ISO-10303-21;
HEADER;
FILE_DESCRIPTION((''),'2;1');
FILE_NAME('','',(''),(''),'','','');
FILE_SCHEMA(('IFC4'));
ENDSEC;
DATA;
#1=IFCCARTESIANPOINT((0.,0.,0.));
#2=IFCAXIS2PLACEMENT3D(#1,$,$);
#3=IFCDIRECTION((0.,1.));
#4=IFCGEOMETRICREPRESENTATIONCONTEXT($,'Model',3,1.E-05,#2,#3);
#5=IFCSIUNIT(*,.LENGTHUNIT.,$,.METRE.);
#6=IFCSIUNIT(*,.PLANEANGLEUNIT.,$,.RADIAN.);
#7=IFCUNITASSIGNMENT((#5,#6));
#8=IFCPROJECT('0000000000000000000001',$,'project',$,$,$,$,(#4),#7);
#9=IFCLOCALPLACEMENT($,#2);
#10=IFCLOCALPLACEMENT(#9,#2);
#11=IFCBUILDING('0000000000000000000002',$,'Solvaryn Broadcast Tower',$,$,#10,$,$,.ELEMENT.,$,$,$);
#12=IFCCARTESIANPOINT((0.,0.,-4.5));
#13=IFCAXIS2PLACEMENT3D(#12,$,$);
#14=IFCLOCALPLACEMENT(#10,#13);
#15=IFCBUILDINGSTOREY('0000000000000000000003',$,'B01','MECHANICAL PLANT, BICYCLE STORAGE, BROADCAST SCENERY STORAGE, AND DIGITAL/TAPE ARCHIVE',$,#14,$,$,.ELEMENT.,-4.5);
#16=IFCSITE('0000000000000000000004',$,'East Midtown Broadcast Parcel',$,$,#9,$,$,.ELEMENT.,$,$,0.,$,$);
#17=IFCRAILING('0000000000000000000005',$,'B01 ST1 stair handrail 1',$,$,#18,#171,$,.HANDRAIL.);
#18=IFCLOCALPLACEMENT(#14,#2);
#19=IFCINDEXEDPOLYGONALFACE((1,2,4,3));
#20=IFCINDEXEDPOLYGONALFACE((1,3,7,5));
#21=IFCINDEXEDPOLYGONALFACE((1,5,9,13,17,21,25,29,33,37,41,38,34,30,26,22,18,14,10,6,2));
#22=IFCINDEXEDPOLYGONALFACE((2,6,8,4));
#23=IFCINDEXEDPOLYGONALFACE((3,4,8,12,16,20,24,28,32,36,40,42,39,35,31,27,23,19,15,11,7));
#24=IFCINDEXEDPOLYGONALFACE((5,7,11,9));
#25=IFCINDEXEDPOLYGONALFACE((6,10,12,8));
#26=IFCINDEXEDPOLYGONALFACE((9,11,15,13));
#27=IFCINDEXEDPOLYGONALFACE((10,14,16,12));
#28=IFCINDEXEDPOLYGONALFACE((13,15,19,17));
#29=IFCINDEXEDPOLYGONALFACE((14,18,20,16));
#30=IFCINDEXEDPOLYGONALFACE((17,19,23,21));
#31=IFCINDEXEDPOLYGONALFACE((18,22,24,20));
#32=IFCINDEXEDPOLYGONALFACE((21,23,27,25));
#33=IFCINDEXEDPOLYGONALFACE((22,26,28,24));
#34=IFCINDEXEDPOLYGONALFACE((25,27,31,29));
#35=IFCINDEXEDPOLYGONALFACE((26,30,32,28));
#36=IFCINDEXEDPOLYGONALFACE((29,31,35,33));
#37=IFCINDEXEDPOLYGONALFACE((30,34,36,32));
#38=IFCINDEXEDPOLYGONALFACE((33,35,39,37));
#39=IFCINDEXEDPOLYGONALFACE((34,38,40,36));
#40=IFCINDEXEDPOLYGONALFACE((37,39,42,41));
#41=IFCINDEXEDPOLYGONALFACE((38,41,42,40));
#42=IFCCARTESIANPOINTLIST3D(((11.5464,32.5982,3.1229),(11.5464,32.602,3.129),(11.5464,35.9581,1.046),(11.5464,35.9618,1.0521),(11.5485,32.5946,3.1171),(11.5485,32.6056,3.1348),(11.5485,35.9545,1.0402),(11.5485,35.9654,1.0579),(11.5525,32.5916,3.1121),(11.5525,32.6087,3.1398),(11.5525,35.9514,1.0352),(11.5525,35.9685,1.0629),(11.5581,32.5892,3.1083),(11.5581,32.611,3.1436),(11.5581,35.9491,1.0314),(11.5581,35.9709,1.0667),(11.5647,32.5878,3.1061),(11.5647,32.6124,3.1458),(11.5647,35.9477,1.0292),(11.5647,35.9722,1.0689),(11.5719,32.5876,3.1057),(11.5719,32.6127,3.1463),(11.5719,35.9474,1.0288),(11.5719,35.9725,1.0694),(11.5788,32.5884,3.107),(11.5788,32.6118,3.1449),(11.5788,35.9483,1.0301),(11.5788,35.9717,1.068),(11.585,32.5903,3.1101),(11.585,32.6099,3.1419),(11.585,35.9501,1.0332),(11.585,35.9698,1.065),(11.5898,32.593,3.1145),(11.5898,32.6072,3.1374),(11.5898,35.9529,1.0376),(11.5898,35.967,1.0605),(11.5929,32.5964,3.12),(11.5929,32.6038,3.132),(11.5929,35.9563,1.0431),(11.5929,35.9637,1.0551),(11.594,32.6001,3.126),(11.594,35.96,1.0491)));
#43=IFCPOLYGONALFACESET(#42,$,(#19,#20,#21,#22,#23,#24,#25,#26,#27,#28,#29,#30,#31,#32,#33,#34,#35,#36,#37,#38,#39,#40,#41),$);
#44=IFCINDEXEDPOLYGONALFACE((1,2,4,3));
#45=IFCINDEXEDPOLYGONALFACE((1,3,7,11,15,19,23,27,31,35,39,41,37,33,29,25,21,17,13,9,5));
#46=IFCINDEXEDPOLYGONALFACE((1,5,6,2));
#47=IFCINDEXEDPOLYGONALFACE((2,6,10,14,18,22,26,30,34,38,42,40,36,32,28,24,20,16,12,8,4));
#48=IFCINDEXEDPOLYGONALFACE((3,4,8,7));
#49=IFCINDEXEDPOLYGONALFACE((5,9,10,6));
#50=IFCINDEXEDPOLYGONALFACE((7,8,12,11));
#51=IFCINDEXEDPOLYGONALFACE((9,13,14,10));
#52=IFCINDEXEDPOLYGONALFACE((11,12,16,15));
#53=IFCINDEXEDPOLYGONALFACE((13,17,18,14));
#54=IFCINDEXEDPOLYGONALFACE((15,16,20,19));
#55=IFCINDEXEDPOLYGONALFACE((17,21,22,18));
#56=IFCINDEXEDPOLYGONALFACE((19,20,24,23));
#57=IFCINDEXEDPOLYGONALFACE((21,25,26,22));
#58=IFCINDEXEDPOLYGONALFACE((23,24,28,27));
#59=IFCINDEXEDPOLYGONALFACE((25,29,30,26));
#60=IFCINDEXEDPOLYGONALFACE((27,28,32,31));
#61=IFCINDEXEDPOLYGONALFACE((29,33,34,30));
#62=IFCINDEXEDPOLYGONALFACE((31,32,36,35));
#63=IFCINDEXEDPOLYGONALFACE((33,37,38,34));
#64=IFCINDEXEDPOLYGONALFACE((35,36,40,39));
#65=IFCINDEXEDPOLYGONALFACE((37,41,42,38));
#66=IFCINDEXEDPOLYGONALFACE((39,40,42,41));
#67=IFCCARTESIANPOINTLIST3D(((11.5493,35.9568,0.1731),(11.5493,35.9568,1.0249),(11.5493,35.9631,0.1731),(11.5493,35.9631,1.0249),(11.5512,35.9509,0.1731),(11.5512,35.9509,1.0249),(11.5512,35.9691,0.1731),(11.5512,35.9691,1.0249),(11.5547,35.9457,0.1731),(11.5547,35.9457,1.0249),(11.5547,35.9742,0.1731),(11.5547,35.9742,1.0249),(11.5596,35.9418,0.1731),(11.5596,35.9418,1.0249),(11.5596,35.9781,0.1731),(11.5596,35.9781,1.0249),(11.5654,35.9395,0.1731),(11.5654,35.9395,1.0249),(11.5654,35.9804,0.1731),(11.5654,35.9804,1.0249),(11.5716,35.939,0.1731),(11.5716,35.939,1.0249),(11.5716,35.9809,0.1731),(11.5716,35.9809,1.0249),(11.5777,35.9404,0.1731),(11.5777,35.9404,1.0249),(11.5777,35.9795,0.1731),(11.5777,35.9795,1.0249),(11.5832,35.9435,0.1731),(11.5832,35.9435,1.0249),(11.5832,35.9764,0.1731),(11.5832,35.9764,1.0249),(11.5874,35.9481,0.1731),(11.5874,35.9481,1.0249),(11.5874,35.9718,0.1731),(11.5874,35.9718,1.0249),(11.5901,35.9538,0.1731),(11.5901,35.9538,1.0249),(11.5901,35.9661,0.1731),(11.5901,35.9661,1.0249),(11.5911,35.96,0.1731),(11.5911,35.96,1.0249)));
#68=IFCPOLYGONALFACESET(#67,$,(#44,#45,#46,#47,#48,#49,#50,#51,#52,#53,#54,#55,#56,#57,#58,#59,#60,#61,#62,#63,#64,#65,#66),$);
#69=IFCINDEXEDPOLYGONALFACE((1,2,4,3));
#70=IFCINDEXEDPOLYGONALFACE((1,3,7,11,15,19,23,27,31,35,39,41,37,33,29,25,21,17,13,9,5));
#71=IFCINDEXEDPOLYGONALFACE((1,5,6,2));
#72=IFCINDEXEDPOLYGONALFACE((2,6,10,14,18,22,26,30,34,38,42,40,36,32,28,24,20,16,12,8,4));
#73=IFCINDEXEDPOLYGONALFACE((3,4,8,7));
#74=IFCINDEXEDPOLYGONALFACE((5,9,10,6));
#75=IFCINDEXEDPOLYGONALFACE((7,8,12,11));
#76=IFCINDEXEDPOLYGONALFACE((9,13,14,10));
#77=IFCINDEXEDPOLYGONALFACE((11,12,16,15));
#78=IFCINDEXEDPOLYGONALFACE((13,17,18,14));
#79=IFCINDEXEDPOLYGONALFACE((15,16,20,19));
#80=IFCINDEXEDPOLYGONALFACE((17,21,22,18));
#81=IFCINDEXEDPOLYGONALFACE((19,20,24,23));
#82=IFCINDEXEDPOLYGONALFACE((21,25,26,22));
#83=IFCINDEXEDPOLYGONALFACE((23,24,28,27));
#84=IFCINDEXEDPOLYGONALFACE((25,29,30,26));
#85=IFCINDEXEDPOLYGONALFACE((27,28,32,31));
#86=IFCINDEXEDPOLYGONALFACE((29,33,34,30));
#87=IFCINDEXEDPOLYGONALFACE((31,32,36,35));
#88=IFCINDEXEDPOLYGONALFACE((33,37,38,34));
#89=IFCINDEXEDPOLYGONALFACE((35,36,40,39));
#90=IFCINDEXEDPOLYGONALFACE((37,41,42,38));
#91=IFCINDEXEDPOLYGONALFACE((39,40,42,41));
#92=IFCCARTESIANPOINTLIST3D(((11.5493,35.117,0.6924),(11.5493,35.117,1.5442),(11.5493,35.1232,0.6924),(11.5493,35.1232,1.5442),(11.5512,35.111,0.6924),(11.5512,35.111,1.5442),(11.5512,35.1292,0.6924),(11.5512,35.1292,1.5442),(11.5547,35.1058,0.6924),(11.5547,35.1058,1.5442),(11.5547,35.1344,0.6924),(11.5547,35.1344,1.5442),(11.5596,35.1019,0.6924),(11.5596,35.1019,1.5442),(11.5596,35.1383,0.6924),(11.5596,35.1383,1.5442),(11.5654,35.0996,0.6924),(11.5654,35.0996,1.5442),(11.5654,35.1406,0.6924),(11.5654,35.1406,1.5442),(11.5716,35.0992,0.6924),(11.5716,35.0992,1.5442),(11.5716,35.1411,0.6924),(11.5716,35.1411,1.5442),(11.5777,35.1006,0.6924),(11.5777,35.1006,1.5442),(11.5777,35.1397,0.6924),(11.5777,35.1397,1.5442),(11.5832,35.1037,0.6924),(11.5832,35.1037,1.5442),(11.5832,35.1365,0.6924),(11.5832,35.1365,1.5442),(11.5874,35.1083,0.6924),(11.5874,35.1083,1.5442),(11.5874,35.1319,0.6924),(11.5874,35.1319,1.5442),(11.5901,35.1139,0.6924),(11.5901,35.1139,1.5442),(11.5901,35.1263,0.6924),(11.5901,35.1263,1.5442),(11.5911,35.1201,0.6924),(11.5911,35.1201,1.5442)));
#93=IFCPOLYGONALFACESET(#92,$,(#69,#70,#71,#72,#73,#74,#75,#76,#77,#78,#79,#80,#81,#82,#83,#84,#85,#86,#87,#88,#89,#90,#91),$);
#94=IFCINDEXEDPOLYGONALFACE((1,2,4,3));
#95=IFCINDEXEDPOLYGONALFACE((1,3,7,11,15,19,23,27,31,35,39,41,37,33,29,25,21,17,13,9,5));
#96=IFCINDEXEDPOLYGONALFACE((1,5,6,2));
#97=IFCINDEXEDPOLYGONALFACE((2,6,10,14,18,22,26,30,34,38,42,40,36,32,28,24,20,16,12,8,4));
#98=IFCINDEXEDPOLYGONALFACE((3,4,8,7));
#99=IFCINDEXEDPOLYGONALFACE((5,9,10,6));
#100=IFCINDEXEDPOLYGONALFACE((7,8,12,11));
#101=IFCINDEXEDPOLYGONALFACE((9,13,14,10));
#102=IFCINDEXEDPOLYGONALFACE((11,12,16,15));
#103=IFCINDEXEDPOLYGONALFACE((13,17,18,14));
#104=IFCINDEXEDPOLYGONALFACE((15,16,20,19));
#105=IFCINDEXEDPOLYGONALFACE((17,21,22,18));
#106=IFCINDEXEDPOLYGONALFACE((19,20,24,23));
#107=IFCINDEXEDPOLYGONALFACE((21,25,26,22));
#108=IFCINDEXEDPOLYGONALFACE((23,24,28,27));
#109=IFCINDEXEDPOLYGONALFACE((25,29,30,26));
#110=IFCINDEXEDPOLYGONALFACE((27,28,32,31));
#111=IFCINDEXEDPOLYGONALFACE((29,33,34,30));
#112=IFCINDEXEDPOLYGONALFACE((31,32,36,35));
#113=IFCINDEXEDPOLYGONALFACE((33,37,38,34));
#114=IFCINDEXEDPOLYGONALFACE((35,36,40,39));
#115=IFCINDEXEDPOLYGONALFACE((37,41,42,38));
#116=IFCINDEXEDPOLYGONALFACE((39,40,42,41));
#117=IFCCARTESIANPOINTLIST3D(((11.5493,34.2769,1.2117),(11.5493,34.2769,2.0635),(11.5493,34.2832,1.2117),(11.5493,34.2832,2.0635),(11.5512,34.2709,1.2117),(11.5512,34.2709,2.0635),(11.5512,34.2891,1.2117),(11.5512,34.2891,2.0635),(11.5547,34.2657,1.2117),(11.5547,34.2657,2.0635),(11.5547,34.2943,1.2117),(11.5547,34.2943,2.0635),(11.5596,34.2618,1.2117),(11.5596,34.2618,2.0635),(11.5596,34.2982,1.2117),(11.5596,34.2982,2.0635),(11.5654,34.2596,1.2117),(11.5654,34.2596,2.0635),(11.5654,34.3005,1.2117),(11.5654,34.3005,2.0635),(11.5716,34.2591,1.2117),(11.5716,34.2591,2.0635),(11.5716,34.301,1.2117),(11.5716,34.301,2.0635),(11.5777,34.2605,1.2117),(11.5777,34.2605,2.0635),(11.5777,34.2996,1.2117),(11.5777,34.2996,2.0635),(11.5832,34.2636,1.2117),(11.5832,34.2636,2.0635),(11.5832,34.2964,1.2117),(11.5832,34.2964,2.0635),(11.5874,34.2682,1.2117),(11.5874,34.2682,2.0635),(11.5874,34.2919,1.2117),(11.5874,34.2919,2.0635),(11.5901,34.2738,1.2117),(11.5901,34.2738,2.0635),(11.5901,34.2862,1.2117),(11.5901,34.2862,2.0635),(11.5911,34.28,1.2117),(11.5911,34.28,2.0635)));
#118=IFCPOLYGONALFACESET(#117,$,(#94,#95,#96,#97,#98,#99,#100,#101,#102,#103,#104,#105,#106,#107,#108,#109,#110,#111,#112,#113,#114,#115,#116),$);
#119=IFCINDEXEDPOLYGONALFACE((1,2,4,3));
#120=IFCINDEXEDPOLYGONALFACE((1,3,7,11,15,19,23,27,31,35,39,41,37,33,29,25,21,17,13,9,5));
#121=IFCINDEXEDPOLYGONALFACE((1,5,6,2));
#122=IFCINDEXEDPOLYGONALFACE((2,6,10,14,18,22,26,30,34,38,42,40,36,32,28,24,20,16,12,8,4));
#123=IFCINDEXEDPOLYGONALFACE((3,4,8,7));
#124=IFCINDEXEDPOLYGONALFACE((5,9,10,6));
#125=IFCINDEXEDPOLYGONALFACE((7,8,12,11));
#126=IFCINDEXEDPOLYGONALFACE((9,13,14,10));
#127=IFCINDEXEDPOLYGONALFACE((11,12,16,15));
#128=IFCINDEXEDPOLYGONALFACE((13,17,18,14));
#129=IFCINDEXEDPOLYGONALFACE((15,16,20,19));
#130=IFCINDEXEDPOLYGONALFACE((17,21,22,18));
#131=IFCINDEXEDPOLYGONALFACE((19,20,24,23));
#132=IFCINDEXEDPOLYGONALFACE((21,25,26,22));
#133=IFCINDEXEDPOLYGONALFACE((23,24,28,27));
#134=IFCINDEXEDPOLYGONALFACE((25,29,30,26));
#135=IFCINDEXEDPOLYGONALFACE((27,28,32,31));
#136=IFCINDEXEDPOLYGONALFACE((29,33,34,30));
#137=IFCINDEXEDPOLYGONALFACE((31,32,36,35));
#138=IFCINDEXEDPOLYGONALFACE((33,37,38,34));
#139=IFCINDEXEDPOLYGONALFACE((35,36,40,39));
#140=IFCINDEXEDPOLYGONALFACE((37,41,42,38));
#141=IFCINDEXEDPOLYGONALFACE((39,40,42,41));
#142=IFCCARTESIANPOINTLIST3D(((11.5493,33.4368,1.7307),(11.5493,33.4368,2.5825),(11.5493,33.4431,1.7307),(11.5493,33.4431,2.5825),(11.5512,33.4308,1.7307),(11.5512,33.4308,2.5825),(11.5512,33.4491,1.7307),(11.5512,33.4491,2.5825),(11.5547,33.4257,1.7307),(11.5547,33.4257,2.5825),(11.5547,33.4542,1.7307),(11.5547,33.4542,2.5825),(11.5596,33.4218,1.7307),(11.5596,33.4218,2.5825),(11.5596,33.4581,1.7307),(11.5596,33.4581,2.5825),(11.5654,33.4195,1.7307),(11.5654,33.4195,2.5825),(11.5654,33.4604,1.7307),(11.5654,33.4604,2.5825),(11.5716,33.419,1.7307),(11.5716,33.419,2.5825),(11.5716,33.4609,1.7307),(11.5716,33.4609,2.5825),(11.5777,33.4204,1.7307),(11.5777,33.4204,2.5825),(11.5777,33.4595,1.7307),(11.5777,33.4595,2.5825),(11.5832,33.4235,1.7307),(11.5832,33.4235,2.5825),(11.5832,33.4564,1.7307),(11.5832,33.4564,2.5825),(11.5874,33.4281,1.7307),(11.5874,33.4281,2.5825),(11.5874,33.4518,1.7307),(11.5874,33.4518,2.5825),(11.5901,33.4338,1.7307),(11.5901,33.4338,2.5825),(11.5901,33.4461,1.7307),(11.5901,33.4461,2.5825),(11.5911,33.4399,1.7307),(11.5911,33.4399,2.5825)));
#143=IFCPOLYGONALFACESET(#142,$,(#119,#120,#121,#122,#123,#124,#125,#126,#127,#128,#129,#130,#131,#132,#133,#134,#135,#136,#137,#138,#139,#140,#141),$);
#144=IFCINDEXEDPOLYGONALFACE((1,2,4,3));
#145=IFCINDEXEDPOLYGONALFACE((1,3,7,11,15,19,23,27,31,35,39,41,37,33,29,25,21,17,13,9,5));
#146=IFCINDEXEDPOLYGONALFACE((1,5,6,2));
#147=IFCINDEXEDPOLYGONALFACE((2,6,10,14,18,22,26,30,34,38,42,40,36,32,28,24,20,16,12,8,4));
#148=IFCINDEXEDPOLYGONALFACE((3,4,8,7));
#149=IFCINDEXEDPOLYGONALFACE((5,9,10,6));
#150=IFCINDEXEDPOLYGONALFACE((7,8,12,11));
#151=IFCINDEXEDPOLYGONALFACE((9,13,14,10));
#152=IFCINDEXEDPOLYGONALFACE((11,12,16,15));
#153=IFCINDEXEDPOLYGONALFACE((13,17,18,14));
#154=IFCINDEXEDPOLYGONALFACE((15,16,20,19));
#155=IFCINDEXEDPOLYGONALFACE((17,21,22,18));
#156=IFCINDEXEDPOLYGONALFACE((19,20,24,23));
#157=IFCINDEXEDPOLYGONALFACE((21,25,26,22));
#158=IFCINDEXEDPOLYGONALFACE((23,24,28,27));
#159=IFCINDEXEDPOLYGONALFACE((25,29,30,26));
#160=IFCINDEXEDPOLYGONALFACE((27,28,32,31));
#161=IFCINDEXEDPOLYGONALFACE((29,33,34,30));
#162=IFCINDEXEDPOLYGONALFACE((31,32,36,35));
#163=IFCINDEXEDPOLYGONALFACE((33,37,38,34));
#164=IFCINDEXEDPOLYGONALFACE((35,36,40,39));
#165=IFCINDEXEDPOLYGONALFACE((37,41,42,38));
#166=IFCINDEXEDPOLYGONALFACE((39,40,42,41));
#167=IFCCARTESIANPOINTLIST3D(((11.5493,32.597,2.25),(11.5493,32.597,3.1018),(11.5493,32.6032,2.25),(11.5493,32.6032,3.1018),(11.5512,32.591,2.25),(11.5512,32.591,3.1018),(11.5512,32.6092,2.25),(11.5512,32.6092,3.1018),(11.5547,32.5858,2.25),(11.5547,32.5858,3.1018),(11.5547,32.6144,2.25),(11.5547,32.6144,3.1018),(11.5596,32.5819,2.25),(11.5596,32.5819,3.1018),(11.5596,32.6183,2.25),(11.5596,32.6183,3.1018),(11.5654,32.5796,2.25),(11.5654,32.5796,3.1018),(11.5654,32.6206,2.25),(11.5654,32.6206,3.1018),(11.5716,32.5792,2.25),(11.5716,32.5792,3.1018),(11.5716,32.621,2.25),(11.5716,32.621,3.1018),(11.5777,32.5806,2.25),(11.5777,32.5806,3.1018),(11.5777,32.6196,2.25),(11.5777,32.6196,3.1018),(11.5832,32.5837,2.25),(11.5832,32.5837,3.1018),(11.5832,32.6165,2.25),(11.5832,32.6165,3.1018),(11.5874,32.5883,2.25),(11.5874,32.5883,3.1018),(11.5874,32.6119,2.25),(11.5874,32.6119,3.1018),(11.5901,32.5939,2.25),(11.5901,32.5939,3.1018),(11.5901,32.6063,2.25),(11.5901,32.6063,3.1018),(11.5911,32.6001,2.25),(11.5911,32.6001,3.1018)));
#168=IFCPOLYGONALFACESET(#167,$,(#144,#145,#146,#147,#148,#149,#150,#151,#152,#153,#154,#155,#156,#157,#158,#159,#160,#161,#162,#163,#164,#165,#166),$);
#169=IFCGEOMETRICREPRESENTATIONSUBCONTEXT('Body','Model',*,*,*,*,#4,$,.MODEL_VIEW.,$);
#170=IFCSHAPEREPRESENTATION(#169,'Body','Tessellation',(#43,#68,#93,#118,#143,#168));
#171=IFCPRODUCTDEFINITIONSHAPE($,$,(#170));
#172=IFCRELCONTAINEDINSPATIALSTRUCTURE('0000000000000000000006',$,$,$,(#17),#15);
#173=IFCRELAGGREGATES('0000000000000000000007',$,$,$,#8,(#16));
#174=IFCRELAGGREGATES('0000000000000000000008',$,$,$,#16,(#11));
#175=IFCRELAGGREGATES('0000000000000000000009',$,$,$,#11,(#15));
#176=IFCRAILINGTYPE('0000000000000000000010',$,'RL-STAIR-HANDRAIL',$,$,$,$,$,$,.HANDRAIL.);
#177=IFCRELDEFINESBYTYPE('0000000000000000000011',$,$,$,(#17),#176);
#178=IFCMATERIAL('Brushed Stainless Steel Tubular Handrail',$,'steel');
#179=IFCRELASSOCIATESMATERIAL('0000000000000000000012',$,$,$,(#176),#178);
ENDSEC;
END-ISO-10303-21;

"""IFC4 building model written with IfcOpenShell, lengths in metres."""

from ifc_helpers import new_model, si_unit, direction, frame, origin, origin_2d, place, context, subcontext, project, spatial, circle, extrude, material, type_object, element, save


model = new_model("IFC4")

# Units and contexts
model_context = context("Model", 3, precision=1e-05, world=origin(), true_north=direction((0.0, 1.0)))
body_context = subcontext(model_context, "Body", "Model", "MODEL_VIEW")
ifc_project = project(units=[si_unit("LENGTHUNIT", "METRE"), si_unit("PLANEANGLEUNIT", "RADIAN")], contexts=[model_context])

# Site, building, storey
site_placement = place(None, origin())
site = spatial("IfcSite", under=ifc_project, at=site_placement, Name="East Midtown Broadcast Parcel", CompositionType="ELEMENT", RefElevation=0.0)
building_placement = place(site_placement, origin())
building = spatial("IfcBuilding", under=site, at=building_placement, Name="Solvaryn Broadcast Tower", CompositionType="ELEMENT")
storey_placement = place(building_placement, frame((0.0, 0.0, -4.5)))
storey = spatial("IfcBuildingStorey", under=building, at=storey_placement, Name="B01", Description="MECHANICAL PLANT, BICYCLE STORAGE, BROADCAST SCENERY STORAGE, AND DIGITAL/TAPE ARCHIVE", CompositionType="ELEMENT", Elevation=-4.5)

# Railing
ifc_material_1 = material(Name="Brushed Stainless Steel Tubular Handrail", Category="steel")
railing_type_1 = type_object("IfcRailingType", Name="RL-STAIR-HANDRAIL", PredefinedType="HANDRAIL", material=ifc_material_1)
railing_1_placement = place(storey_placement, frame((11.5701, 35.96, 0.1731)))
element("IfcRailing", 1, at=railing_1_placement, inside=storey, type_object=railing_type_1, Name="B01 ST1 stair handrail 1", PredefinedType="HANDRAIL", context=body_context, shape_type="SweptSolid", body=[
    extrude(circle(Radius=0.0239, at=origin_2d()), frame((0.0, 0.0, 0.876), z_axis=(0.0, -0.850606, 0.525803), x_axis=(1.0, 0.0, 0.0)), (0.0, 0.0, 1.0), 3.95),
    extrude(circle(Radius=0.021, at=origin_2d()), origin(), (0.0, 0.0, 1.0), 0.8518),
    extrude(circle(Radius=0.021, at=origin_2d()), frame((0.0, -0.8398, 0.5193)), (0.0, 0.0, 1.0), 0.8518),
    extrude(circle(Radius=0.021, at=origin_2d()), frame((0.0, -1.6799, 1.0386)), (0.0, 0.0, 1.0), 0.8518),
    extrude(circle(Radius=0.021, at=origin_2d()), frame((0.0, -2.52, 1.5576)), (0.0, 0.0, 1.0), 0.8518),
    extrude(circle(Radius=0.021, at=origin_2d()), frame((0.0, -3.3599, 2.0769)), (0.0, 0.0, 1.0), 0.8518),
])

save(model, "model.ifc")
